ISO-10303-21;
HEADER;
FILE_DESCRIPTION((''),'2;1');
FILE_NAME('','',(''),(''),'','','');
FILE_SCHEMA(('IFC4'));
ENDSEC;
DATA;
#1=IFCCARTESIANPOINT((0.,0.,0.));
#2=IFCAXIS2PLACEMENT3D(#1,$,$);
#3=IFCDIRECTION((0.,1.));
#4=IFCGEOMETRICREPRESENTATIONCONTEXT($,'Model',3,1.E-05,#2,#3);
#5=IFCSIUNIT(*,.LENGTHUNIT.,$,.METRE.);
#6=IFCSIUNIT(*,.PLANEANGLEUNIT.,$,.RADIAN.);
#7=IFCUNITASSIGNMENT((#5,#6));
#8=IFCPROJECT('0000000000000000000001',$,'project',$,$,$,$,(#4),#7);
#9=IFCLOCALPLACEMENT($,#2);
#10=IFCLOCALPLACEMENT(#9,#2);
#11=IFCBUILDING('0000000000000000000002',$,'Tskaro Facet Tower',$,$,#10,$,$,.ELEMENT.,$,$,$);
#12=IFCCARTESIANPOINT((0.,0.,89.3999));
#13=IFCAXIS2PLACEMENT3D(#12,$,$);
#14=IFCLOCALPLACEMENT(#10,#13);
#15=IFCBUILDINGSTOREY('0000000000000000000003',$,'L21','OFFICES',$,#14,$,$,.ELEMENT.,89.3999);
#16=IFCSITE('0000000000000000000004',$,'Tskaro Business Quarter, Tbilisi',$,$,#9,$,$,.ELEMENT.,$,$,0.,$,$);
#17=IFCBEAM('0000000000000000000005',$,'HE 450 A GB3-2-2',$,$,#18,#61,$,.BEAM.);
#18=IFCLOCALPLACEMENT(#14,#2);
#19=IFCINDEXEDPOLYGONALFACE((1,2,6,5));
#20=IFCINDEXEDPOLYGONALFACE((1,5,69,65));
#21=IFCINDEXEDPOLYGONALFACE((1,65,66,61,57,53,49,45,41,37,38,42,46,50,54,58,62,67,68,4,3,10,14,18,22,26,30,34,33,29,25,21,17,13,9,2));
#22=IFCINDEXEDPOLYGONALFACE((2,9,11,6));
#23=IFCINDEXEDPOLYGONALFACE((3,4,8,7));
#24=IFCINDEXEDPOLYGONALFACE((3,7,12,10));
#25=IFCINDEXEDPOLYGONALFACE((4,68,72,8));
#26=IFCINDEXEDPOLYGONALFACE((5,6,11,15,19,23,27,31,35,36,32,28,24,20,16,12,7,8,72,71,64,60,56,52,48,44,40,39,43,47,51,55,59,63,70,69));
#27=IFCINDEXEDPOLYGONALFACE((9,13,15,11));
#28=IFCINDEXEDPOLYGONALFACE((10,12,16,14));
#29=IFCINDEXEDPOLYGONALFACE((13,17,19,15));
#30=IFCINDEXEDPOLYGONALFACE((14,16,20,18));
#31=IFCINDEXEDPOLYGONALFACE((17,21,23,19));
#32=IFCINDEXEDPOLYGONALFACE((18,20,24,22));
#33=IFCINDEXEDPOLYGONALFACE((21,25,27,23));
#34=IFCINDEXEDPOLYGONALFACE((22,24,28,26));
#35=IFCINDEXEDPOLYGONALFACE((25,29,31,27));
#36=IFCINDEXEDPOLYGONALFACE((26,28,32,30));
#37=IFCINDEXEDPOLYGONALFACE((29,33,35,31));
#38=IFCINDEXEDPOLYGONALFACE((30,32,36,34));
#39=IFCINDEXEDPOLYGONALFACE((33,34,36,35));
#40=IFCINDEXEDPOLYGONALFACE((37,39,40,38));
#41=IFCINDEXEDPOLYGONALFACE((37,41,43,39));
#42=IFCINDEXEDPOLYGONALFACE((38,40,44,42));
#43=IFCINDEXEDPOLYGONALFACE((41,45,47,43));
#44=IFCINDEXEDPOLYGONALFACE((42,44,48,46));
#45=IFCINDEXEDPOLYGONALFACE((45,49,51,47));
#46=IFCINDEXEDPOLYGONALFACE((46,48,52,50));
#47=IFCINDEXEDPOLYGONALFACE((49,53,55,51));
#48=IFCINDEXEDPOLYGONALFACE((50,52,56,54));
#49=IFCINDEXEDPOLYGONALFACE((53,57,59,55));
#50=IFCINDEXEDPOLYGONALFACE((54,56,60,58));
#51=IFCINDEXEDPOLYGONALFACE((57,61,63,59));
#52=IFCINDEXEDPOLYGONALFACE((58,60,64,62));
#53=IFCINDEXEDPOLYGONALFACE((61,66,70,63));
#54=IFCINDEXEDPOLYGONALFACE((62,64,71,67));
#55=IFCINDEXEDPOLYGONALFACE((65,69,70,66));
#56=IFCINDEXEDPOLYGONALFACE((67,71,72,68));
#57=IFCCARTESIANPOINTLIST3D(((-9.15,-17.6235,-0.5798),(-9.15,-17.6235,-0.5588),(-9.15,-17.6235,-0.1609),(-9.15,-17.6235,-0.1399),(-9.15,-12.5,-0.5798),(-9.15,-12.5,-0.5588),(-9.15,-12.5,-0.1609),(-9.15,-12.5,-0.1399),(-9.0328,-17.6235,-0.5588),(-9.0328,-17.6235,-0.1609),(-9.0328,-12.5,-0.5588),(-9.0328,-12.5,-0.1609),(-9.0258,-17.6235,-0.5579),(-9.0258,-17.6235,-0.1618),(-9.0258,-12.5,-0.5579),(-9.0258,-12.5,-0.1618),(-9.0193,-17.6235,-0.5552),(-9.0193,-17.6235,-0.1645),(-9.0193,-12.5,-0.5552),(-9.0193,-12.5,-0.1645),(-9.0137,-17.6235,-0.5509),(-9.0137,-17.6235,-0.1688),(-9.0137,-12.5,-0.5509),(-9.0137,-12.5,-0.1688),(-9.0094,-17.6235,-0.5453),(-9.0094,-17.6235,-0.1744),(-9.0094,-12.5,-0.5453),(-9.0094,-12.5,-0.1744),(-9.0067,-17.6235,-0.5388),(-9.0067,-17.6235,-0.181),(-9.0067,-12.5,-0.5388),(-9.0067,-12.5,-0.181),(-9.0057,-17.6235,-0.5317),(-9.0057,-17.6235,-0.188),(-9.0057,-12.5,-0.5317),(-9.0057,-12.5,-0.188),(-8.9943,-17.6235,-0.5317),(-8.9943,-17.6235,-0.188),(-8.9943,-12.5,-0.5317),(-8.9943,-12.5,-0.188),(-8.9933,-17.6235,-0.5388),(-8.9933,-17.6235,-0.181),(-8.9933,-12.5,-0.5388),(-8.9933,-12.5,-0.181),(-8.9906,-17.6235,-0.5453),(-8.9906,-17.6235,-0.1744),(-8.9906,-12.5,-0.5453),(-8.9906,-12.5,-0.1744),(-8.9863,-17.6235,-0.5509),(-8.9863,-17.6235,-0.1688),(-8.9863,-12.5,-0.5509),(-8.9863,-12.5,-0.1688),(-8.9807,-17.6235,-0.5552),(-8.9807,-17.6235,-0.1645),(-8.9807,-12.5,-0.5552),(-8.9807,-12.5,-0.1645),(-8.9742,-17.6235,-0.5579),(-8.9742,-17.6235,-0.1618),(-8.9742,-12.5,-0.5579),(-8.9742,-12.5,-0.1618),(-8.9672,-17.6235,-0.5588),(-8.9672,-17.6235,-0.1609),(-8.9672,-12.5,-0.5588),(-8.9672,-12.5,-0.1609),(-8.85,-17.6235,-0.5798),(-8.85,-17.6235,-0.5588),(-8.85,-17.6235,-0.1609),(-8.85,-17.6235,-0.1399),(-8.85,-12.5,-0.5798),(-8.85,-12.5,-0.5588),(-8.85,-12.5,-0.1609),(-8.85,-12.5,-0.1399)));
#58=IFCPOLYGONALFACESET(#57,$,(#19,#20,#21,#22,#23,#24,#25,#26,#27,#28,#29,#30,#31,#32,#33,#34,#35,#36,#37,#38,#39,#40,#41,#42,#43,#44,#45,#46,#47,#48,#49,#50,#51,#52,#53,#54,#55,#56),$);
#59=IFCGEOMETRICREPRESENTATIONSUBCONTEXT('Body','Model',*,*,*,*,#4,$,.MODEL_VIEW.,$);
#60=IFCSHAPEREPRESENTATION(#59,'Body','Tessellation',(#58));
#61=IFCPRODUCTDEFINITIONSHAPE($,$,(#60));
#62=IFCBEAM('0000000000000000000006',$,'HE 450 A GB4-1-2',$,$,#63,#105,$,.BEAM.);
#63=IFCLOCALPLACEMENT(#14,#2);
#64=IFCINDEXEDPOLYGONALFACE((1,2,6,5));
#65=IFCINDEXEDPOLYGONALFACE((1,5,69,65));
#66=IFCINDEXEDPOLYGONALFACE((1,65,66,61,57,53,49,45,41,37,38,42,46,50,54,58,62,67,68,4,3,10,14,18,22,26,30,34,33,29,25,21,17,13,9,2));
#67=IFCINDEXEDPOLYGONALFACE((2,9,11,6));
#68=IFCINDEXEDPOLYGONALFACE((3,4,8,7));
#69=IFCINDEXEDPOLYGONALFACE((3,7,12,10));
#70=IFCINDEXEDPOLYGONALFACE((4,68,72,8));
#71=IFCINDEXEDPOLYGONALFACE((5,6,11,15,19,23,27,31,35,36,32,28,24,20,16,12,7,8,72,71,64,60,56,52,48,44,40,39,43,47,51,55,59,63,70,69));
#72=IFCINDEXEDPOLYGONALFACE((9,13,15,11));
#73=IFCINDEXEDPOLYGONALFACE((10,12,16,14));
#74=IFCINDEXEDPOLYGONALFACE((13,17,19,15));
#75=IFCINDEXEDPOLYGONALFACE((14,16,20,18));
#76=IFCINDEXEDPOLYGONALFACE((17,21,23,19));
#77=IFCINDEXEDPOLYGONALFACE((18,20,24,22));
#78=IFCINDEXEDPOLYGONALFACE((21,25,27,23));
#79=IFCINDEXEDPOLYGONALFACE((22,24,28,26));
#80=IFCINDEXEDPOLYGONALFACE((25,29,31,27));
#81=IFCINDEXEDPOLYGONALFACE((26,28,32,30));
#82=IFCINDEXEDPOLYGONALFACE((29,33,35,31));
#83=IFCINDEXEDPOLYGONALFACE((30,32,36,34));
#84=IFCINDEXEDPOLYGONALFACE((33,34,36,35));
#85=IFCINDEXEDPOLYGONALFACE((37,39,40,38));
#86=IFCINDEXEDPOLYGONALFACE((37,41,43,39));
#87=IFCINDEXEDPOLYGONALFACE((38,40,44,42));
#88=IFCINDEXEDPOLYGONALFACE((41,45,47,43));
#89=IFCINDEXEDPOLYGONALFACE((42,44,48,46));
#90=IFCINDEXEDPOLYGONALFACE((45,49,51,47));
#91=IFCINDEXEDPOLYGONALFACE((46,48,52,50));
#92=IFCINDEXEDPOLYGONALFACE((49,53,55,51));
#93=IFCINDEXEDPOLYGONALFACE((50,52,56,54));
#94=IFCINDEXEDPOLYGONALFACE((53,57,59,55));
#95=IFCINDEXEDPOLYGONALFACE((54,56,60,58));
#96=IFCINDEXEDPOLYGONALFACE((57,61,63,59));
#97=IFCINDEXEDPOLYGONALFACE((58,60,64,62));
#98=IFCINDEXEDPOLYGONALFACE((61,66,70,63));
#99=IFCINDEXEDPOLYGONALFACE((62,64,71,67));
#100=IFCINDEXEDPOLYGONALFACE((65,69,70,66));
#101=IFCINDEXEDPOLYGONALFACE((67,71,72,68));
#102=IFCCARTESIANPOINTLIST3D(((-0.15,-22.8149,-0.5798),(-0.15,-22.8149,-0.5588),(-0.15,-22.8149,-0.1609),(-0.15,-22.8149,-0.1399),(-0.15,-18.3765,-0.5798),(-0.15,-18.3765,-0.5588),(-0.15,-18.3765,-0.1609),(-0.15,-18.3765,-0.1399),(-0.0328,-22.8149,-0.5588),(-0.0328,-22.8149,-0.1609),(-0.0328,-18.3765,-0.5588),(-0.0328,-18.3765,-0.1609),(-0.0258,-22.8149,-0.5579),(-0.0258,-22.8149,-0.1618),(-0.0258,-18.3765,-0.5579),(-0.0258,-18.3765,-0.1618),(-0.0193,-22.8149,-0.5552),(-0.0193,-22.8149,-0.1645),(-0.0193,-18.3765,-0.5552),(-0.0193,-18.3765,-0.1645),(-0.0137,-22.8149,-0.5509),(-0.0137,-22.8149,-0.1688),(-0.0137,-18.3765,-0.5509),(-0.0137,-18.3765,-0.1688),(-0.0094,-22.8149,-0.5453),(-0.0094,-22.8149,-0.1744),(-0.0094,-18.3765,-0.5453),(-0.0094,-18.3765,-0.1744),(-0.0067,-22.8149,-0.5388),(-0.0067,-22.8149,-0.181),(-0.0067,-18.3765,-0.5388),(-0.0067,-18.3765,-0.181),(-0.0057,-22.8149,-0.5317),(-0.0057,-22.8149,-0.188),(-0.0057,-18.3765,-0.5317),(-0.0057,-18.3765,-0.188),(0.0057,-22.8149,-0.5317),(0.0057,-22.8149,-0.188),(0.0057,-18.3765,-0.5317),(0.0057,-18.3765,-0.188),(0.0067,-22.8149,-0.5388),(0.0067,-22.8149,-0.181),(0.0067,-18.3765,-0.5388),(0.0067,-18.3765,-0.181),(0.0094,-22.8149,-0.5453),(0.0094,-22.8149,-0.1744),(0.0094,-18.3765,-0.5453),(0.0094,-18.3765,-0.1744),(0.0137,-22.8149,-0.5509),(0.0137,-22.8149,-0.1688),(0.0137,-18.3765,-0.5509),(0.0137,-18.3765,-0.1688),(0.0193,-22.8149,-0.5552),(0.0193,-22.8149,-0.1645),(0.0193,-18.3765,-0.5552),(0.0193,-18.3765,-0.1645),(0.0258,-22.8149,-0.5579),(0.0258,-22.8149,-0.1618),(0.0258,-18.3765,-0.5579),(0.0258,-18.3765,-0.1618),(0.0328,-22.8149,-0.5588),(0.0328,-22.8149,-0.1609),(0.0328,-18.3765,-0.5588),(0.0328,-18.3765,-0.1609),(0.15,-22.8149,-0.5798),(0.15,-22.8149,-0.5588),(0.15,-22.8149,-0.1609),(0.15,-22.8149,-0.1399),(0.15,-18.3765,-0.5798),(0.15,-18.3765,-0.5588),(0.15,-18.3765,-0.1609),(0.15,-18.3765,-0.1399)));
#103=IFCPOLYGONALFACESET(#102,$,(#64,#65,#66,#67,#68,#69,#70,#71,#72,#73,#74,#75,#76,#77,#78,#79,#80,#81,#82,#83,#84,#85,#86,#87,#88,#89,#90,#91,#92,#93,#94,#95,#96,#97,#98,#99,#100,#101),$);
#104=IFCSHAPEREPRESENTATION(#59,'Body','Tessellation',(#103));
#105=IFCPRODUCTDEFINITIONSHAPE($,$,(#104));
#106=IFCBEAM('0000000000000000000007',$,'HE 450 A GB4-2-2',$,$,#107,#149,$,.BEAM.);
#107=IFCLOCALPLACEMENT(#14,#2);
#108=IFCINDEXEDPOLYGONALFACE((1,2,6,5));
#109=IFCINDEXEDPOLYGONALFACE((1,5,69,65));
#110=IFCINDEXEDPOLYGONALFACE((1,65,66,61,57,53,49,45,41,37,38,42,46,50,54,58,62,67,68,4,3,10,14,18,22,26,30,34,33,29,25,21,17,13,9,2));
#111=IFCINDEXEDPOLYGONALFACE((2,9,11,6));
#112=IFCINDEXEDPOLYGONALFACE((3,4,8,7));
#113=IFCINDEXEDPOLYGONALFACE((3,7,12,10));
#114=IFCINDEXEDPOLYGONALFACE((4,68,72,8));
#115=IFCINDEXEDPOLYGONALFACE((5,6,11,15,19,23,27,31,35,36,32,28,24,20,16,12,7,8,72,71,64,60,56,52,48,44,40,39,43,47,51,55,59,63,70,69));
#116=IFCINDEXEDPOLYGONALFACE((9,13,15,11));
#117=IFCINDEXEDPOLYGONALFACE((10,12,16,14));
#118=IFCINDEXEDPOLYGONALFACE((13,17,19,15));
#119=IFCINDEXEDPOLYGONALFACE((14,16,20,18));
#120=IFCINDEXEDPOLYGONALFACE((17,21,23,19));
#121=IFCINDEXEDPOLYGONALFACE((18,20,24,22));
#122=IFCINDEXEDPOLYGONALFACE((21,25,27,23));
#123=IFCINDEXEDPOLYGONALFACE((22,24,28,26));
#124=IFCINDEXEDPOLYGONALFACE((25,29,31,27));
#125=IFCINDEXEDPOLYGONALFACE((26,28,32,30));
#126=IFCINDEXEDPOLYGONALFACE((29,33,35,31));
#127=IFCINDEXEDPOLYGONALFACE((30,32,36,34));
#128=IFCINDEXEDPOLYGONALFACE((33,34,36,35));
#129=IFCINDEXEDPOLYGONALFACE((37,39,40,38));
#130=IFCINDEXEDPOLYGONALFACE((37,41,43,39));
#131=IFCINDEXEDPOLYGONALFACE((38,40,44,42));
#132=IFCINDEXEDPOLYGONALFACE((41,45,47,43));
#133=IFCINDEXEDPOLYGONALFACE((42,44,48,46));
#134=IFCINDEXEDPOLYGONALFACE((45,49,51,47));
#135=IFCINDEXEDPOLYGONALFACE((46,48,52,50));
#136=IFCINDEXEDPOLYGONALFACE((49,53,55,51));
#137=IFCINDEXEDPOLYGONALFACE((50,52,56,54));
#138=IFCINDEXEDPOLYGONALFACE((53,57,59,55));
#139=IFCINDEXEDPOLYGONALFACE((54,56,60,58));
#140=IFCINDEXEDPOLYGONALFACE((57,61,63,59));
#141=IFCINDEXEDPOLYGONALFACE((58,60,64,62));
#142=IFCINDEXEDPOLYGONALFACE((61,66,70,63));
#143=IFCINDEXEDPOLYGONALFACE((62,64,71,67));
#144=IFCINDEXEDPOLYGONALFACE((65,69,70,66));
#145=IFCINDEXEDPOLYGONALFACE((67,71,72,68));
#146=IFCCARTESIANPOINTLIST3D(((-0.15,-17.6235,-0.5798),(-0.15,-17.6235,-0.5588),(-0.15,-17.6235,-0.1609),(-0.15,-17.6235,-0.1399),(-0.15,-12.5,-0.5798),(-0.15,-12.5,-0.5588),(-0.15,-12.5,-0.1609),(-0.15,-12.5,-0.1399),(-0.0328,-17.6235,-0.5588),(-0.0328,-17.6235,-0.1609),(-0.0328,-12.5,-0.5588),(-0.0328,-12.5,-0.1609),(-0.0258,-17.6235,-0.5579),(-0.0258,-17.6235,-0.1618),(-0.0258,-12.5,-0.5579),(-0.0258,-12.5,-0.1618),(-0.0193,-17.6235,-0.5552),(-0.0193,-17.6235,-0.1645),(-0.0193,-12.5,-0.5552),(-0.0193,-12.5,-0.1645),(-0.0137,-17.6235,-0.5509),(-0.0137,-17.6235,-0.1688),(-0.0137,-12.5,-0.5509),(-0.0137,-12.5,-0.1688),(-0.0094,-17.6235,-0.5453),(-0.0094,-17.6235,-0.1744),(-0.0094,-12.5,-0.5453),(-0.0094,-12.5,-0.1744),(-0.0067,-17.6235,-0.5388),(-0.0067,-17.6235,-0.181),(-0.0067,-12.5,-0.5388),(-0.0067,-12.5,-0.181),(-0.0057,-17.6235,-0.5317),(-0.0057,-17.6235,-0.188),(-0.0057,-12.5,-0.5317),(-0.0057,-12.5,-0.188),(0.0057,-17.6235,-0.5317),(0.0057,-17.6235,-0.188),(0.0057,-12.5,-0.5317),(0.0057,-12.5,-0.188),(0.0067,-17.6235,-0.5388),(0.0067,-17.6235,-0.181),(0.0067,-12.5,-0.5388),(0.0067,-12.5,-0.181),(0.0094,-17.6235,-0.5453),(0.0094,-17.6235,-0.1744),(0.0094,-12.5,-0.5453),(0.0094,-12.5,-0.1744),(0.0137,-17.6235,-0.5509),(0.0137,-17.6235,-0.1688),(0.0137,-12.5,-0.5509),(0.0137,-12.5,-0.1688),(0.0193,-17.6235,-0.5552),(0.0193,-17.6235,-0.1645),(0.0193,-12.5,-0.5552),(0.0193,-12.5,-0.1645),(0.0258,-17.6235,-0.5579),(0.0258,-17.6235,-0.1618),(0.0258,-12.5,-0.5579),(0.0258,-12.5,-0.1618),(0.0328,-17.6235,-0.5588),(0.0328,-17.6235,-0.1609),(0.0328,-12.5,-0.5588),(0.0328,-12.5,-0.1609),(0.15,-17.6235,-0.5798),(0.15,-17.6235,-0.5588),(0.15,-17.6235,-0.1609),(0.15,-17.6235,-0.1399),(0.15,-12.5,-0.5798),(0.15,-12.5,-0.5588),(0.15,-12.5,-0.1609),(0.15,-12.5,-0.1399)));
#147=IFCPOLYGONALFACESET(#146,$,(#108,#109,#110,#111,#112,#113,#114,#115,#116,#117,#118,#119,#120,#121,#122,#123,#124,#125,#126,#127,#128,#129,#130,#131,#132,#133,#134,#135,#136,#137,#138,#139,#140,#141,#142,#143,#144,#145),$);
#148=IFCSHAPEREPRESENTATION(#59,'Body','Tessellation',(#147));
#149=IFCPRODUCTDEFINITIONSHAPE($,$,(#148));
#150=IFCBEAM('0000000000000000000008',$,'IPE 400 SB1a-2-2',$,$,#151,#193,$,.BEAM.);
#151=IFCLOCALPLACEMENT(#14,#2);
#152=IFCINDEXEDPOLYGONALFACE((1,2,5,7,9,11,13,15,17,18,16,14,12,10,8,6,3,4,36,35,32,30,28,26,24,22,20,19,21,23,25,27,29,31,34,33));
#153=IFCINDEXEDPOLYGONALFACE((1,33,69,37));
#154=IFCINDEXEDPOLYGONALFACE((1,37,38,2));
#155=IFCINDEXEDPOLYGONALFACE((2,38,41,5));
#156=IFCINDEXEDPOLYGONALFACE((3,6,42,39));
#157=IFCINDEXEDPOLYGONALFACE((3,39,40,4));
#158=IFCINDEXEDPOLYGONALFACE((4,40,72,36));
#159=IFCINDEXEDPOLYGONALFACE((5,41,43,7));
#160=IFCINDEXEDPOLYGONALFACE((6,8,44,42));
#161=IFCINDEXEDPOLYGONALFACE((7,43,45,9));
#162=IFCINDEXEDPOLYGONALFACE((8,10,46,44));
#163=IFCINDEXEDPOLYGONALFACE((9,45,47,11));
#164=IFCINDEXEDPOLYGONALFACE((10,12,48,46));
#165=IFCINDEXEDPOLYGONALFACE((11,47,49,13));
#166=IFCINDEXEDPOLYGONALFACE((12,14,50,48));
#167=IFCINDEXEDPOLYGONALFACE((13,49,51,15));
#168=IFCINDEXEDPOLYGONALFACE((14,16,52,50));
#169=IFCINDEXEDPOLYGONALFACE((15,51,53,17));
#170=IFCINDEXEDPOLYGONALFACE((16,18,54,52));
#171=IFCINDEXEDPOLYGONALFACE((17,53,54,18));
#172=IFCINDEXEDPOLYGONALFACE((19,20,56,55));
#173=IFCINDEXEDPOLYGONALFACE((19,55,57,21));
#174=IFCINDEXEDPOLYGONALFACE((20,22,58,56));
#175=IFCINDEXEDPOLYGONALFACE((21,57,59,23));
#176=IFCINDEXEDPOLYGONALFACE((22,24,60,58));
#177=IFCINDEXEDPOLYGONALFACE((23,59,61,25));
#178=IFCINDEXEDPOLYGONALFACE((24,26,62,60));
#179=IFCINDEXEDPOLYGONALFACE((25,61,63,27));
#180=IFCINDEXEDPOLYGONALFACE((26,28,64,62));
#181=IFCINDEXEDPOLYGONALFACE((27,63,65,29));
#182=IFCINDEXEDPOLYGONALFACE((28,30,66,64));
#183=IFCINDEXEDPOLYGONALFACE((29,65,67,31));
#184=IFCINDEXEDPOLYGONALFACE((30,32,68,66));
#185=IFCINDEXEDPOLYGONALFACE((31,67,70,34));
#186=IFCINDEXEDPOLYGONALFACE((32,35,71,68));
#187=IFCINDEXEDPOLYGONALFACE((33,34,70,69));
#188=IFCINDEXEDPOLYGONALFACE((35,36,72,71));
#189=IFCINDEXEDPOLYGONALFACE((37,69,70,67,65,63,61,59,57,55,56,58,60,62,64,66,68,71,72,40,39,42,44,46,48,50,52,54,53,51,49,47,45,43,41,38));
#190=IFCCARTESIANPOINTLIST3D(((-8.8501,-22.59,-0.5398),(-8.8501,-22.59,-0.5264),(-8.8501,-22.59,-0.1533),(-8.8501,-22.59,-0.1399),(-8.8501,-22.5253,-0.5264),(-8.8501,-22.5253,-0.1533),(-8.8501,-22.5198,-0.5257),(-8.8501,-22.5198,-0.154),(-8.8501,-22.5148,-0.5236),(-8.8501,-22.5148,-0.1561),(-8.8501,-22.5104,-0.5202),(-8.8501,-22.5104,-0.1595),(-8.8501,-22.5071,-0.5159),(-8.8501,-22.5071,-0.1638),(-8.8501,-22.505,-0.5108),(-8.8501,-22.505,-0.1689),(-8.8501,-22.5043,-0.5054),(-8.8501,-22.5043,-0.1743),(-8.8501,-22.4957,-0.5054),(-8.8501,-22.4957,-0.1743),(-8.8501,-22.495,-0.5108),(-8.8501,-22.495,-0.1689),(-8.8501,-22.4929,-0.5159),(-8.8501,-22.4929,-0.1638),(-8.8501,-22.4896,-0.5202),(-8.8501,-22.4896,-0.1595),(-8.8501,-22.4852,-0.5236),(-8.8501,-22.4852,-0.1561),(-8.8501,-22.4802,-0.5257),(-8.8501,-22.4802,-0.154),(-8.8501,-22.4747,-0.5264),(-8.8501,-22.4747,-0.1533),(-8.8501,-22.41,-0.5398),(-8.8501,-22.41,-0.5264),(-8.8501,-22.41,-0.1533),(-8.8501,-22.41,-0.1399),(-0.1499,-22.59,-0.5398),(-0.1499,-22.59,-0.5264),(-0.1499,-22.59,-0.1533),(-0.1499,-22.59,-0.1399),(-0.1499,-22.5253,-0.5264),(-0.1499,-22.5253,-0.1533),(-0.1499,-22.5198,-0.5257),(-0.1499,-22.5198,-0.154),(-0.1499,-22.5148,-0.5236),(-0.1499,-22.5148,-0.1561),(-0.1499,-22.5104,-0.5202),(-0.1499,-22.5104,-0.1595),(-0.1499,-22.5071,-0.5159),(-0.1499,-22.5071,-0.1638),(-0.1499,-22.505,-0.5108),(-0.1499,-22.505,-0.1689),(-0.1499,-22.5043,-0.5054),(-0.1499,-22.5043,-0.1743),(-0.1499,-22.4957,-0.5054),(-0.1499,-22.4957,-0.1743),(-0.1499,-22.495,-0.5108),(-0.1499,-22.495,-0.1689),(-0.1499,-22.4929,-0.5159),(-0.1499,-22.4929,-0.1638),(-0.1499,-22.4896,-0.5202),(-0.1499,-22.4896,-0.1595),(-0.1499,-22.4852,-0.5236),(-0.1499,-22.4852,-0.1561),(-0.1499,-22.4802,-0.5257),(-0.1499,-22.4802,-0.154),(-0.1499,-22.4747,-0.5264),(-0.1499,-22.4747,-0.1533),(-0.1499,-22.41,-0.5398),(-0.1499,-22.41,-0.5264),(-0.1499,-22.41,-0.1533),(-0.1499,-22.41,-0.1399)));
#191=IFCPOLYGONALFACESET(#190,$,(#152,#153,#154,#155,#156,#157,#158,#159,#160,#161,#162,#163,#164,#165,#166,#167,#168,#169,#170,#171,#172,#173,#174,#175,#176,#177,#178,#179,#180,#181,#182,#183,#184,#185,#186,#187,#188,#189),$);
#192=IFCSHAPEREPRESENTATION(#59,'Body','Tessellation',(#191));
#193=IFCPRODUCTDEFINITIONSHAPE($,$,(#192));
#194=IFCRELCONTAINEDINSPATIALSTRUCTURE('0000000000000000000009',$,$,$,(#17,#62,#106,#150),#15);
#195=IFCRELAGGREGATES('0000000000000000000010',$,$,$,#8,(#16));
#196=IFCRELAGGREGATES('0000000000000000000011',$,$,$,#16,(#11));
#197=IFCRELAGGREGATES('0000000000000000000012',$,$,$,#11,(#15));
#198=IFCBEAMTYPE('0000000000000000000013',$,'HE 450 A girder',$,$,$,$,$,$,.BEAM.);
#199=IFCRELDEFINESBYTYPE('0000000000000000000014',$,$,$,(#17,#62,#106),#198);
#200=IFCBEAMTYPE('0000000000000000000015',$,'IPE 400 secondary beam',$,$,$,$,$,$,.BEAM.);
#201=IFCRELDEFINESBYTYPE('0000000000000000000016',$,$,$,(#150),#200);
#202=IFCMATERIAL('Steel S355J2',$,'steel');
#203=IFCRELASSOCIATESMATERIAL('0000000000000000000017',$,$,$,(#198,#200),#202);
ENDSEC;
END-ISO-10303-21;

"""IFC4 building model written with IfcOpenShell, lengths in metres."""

from ifc_helpers import new_model, si_unit, direction, frame, origin, origin_2d, place, context, subcontext, project, spatial, i_section, extrude, material, material_profile, profile_set, type_object, element, save


model = new_model("IFC4")

# Units and contexts
model_context = context("Model", 3, precision=1e-05, world=origin(), true_north=direction((0.0, 1.0)))
body_context = subcontext(model_context, "Body", "Model", "MODEL_VIEW")
ifc_project = project(units=[si_unit("LENGTHUNIT", "METRE"), si_unit("PLANEANGLEUNIT", "RADIAN")], contexts=[model_context])

# Site, building, storey
site_placement = place(None, origin())
site = spatial("IfcSite", under=ifc_project, at=site_placement, Name="Tskaro Business Quarter, Tbilisi", CompositionType="ELEMENT", RefElevation=0.0)
building_placement = place(site_placement, origin())
building = spatial("IfcBuilding", under=site, at=building_placement, Name="Tskaro Facet Tower", CompositionType="ELEMENT")
storey_placement = place(building_placement, frame((0.0, 0.0, 89.3999)))
storey = spatial("IfcBuildingStorey", under=building, at=storey_placement, Name="L21", Description="OFFICES", CompositionType="ELEMENT", Elevation=89.3999)

# Beams
ifc_material_1 = material(Name="Steel S355J2", Category="steel")
ifc_material_profile_1 = material_profile(ifc_material_1, i_section(OverallWidth=0.3, OverallDepth=0.4399, WebThickness=0.0115, FlangeThickness=0.021, FilletRadius=0.0271, at=origin_2d()), Name="HE 450 A")
ifc_profile_set_1 = profile_set([ifc_material_profile_1], Name="Steel S355J2")
beam_type_1 = type_object("IfcBeamType", Name="HE 450 A girder", PredefinedType="BEAM", material=ifc_profile_set_1)
beam_1_placement = place(storey_placement, frame((-9.0, -17.6235, -0.3599), z_axis=(0.0, 1.0, 0.0), x_axis=(-1.0, 0.0, 0.0)))
element("IfcBeam", 1, at=beam_1_placement, inside=storey, type_object=beam_type_1, Name="HE 450 A GB3-2-2", PredefinedType="BEAM", context=body_context, shape_type="SweptSolid", body=[
    extrude(i_section(OverallWidth=0.3, OverallDepth=0.4399, WebThickness=0.0115, FlangeThickness=0.021, FilletRadius=0.0271, at=origin_2d()), origin(), (0.0, 0.0, 1.0), 5.1235),
])
beam_2_placement = place(storey_placement, frame((0.0, -22.8149, -0.3599), z_axis=(0.0, 1.0, 0.0), x_axis=(-1.0, 0.0, 0.0)))
element("IfcBeam", 2, at=beam_2_placement, inside=storey, type_object=beam_type_1, Name="HE 450 A GB4-1-2", PredefinedType="BEAM", context=body_context, shape_type="SweptSolid", body=[
    extrude(i_section(OverallWidth=0.3, OverallDepth=0.4399, WebThickness=0.0115, FlangeThickness=0.021, FilletRadius=0.0271, at=origin_2d()), origin(), (0.0, 0.0, 1.0), 4.4385),
])
beam_3_placement = place(storey_placement, frame((0.0, -17.6235, -0.3599), z_axis=(0.0, 1.0, 0.0), x_axis=(-1.0, 0.0, 0.0)))
element("IfcBeam", 3, at=beam_3_placement, inside=storey, type_object=beam_type_1, Name="HE 450 A GB4-2-2", PredefinedType="BEAM", context=body_context, shape_type="SweptSolid", body=[
    extrude(i_section(OverallWidth=0.3, OverallDepth=0.4399, WebThickness=0.0115, FlangeThickness=0.021, FilletRadius=0.0271, at=origin_2d()), origin(), (0.0, 0.0, 1.0), 5.1235),
])
ifc_material_profile_2 = material_profile(ifc_material_1, i_section(OverallWidth=0.1799, OverallDepth=0.3999, WebThickness=0.0085, FlangeThickness=0.0134, FilletRadius=0.021, at=origin_2d()), Name="IPE 400")
ifc_profile_set_2 = profile_set([ifc_material_profile_2], Name="Steel S355J2")
beam_type_2 = type_object("IfcBeamType", Name="IPE 400 secondary beam", PredefinedType="BEAM", material=ifc_profile_set_2)
beam_4_placement = place(storey_placement, frame((-8.8501, -22.5, -0.3398), z_axis=(1.0, 0.0, 0.0), x_axis=(0.0, 1.0, 0.0)))
element("IfcBeam", 4, at=beam_4_placement, inside=storey, type_object=beam_type_2, Name="IPE 400 SB1a-2-2", PredefinedType="BEAM", context=body_context, shape_type="SweptSolid", body=[
    extrude(i_section(OverallWidth=0.1799, OverallDepth=0.3999, WebThickness=0.0085, FlangeThickness=0.0134, FilletRadius=0.021, at=origin_2d()), origin(), (0.0, 0.0, 1.0), 8.7002),
])

save(model, "model.ifc")
